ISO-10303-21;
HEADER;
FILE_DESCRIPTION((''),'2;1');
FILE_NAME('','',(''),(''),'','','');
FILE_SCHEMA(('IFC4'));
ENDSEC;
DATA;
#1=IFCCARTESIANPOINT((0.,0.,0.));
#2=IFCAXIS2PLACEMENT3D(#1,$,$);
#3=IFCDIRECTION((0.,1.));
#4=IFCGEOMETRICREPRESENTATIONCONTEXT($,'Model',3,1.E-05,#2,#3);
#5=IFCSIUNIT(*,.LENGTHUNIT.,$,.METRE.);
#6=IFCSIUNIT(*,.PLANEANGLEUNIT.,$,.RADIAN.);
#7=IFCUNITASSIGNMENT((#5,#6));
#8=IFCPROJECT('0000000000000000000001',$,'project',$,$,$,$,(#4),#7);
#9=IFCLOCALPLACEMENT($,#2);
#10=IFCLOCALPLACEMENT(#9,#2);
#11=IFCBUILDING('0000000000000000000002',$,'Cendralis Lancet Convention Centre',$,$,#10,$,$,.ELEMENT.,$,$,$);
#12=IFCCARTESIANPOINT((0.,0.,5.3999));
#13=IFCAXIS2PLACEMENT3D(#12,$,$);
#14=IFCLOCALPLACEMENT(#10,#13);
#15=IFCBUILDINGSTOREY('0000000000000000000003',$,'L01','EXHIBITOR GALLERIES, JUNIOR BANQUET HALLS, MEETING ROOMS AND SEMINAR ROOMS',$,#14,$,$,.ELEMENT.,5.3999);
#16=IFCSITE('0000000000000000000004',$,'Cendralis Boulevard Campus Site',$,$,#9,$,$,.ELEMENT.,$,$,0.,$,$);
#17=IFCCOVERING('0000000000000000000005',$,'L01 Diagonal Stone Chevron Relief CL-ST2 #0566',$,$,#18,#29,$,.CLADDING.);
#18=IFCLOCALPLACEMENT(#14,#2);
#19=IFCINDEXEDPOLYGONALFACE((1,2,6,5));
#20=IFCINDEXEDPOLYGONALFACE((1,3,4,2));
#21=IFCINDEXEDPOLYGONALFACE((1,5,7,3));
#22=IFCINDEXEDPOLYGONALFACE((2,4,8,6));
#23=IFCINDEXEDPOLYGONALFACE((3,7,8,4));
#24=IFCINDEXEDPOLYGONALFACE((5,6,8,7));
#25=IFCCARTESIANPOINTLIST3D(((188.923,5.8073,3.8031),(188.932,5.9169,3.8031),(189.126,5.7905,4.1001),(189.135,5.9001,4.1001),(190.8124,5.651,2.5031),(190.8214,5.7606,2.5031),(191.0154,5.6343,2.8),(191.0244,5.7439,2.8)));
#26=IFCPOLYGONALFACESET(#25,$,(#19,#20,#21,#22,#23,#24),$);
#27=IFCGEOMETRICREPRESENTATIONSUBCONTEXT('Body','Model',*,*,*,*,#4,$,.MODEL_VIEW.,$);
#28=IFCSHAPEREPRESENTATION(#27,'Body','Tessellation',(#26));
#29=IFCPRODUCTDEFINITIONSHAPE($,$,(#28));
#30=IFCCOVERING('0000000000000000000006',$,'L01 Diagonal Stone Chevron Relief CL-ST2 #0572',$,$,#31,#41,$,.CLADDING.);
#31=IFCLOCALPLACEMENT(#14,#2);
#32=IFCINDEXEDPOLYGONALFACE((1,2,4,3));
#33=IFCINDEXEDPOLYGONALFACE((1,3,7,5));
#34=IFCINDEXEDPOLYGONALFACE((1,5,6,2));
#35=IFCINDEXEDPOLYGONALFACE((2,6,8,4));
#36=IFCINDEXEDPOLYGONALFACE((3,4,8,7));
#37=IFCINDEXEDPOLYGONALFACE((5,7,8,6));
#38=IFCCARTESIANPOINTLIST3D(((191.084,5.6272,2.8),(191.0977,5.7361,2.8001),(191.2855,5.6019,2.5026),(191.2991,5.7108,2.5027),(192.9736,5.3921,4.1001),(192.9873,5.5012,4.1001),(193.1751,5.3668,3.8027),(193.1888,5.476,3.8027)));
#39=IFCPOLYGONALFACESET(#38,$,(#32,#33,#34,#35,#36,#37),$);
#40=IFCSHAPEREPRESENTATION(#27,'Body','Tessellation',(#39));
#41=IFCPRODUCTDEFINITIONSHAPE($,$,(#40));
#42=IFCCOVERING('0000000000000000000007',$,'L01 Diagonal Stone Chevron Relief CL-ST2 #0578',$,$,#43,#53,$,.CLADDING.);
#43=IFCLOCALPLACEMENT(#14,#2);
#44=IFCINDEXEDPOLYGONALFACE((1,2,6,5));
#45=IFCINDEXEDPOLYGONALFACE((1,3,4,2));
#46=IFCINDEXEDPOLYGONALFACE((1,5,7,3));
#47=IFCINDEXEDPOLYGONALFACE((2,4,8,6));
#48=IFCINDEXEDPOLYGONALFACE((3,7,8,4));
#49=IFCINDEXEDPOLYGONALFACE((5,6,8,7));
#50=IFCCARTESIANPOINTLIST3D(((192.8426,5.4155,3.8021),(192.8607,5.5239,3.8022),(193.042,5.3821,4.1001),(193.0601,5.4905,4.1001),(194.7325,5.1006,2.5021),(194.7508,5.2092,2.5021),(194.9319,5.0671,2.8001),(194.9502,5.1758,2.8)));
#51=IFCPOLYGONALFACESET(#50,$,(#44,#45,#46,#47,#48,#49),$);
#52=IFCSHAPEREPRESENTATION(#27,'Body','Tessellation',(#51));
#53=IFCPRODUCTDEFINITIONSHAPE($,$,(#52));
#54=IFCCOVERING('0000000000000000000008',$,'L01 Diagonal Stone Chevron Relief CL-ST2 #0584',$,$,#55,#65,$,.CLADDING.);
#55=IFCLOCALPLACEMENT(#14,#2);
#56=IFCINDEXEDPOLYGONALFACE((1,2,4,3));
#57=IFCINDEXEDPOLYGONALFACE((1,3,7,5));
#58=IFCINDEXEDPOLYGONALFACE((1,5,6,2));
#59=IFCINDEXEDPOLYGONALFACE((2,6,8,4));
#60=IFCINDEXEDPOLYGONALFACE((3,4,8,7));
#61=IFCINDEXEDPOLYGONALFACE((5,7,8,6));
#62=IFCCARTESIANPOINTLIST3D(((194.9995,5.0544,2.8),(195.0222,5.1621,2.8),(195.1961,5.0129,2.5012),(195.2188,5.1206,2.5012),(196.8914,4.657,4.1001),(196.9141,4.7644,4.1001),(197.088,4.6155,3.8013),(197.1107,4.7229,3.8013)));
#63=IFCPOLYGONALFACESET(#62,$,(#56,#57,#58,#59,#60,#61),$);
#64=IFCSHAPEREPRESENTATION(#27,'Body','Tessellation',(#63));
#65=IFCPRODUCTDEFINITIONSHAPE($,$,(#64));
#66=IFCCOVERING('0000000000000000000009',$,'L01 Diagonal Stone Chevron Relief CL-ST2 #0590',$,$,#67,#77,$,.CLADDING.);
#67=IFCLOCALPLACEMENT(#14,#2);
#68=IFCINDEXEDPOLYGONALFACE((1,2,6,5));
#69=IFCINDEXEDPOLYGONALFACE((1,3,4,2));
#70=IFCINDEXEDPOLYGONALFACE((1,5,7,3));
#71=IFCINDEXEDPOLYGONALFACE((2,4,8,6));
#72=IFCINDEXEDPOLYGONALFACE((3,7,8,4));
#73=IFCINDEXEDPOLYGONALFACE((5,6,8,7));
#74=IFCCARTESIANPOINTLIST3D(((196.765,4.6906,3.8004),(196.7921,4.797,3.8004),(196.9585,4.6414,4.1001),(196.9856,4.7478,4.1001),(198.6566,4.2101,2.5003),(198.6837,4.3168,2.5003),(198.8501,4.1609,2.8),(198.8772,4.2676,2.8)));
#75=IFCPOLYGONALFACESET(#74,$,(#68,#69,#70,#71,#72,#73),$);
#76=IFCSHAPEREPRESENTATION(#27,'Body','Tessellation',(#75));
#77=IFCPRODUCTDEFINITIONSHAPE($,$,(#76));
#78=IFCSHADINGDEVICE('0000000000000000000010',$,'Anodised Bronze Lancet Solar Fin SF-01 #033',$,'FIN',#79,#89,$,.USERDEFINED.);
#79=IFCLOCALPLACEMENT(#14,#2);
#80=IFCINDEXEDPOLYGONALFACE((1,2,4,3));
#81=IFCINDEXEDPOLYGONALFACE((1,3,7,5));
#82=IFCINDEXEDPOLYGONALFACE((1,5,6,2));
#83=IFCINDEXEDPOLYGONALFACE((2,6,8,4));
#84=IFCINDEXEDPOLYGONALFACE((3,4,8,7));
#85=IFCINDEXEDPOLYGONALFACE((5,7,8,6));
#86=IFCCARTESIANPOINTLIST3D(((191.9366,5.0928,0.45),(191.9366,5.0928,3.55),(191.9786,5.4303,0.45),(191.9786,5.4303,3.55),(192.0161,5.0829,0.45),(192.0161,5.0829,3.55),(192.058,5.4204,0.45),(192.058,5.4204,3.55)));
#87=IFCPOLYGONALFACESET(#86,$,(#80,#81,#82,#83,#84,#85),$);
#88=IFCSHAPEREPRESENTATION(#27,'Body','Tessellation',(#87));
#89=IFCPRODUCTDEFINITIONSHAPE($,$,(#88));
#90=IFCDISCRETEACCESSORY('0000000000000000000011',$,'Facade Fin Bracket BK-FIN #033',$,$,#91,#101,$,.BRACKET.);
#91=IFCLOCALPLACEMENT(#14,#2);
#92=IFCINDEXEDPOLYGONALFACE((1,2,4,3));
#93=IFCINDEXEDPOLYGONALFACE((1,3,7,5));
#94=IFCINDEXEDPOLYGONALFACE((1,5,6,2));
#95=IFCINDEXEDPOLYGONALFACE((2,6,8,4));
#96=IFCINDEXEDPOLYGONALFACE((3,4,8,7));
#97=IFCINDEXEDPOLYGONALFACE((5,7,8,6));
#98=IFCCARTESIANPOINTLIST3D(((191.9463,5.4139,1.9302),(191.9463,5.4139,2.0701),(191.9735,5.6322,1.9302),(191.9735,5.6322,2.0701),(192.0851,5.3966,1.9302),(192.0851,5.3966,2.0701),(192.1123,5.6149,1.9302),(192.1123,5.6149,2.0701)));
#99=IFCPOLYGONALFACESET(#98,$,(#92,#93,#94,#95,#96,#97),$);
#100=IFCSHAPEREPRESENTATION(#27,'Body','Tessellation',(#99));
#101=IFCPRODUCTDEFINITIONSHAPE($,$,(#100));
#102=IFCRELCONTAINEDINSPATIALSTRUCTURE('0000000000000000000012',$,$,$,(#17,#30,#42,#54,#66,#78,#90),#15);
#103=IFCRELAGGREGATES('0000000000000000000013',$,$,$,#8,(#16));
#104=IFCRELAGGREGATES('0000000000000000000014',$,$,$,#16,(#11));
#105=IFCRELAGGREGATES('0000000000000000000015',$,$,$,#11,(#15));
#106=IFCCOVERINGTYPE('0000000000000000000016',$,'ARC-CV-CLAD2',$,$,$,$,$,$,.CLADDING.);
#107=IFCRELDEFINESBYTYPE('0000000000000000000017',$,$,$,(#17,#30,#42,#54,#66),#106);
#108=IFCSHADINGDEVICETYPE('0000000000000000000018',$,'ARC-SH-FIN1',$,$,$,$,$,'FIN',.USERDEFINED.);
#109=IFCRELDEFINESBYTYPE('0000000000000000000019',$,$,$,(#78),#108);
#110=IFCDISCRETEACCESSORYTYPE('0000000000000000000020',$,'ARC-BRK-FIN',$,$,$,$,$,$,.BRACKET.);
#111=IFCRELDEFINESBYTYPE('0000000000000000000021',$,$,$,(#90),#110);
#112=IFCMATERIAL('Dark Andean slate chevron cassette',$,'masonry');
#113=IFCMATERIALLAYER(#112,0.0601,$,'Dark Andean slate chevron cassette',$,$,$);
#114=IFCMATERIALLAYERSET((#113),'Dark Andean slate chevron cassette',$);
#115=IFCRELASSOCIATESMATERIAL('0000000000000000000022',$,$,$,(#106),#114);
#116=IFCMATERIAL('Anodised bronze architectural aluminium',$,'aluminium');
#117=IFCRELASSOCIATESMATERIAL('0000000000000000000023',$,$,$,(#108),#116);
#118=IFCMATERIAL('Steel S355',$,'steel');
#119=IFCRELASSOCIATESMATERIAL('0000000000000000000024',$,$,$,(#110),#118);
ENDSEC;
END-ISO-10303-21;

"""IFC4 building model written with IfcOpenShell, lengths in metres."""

from ifc_helpers import new_model, si_unit, direction, frame, origin, origin_2d, place, context, subcontext, project, spatial, polyline, rectangle, outline, extrude, material, layer, layer_set, type_object, element, save


model = new_model("IFC4")

# Units and contexts
model_context = context("Model", 3, precision=1e-05, world=origin(), true_north=direction((0.0, 1.0)))
body_context = subcontext(model_context, "Body", "Model", "MODEL_VIEW")
ifc_project = project(units=[si_unit("LENGTHUNIT", "METRE"), si_unit("PLANEANGLEUNIT", "RADIAN")], contexts=[model_context])

# Site, building, storey
site_placement = place(None, origin())
site = spatial("IfcSite", under=ifc_project, at=site_placement, Name="Cendralis Boulevard Campus Site", CompositionType="ELEMENT", RefElevation=0.0)
building_placement = place(site_placement, origin())
building = spatial("IfcBuilding", under=site, at=building_placement, Name="Cendralis Lancet Convention Centre", CompositionType="ELEMENT")
storey_placement = place(building_placement, frame((0.0, 0.0, 5.3999)))
storey = spatial("IfcBuildingStorey", under=building, at=storey_placement, Name="L01", Description="EXHIBITOR GALLERIES, JUNIOR BANQUET HALLS, MEETING ROOMS AND SEMINAR ROOMS", CompositionType="ELEMENT", Elevation=5.3999)

# Shared definitions
ifc_material_1 = material(Name="Dark Andean slate chevron cassette", Category="masonry")

# Coverings
ifc_layer_1 = layer(ifc_material_1, 0.0601, Name="Dark Andean slate chevron cassette")
ifc_layer_set_1 = layer_set([ifc_layer_1], Name="Dark Andean slate chevron cassette")
covering_type_1 = type_object("IfcCoveringType", Name="ARC-CV-CLAD2", PredefinedType="CLADDING", material=ifc_layer_set_1)
covering_1_placement = place(storey_placement, frame((189.126, 5.7905, 4.1001), z_axis=(0.563628, -0.046446, 0.824722), x_axis=(0.821916, -0.067971, -0.565539)))
element("IfcCovering", 1, at=covering_1_placement, inside=storey, type_object=covering_type_1, Name="L01 Diagonal Stone Chevron Relief CL-ST2 #0566", PredefinedType="CLADDING", context=body_context, shape_type="SweptSolid", body=[
    extrude(outline(polyline([(0.0, 0.0), (2.2988, 0.0), (2.2988, 0.11), (0.0, 0.11), (0.0, 0.0)])), origin(), (0.0, 0.0, -1.0), 0.3601),
])
covering_2_placement = place(storey_placement, frame((191.084, 5.6272, 2.8), z_axis=(-0.559466, 0.070168, 0.825878), x_axis=(0.819559, -0.101968, 0.563849)))
element("IfcCovering", 2, at=covering_2_placement, inside=storey, type_object=covering_type_1, Name="L01 Diagonal Stone Chevron Relief CL-ST2 #0572", PredefinedType="CLADDING", context=body_context, shape_type="SweptSolid", body=[
    extrude(outline(polyline([(0.0, 0.0), (2.3057, 0.0), (2.3058, 0.11), (0.0001, 0.1097), (0.0, 0.0)])), origin(), (0.0, 0.0, -1.0), 0.3601),
])
covering_3_placement = place(storey_placement, frame((193.042, 5.3821, 4.1001), z_axis=(0.553739, -0.092809, 0.827502), x_axis=(0.816246, -0.136023, -0.561463)))
element("IfcCovering", 3, at=covering_3_placement, inside=storey, type_object=covering_type_1, Name="L01 Diagonal Stone Chevron Relief CL-ST2 #0578", PredefinedType="CLADDING", context=body_context, shape_type="SweptSolid", body=[
    extrude(outline(polyline([(0.0, 0.0), (2.3154, 0.0), (2.3156, 0.1102), (0.0, 0.1099), (0.0, 0.0)])), origin(), (0.0, 0.0, -1.0), 0.3601),
])
covering_4_placement = place(storey_placement, frame((194.9995, 5.0544, 2.8), z_axis=(-0.546008, 0.115275, 0.829811), x_axis=(0.812083, -0.170612, 0.558044)))
element("IfcCovering", 4, at=covering_4_placement, inside=storey, type_object=covering_type_1, Name="L01 Diagonal Stone Chevron Relief CL-ST2 #0584", PredefinedType="CLADDING", context=body_context, shape_type="SweptSolid", body=[
    extrude(outline(polyline([(0.0, 0.0), (2.3296, 0.0), (2.3297, 0.1098), (0.0001, 0.11), (0.0, 0.0)])), origin(), (0.0, 0.0, -1.0), 0.3601),
])
covering_5_placement = place(storey_placement, frame((196.9585, 4.6414, 4.1001), z_axis=(0.537292, -0.136631, 0.832255), x_axis=(0.806641, -0.204888, -0.554392)))
element("IfcCovering", 5, at=covering_5_placement, inside=storey, type_object=covering_type_1, Name="L01 Diagonal Stone Chevron Relief CL-ST2 #0590", PredefinedType="CLADDING", context=body_context, shape_type="SweptSolid", body=[
    extrude(outline(polyline([(0.0, 0.0), (2.345, 0.0), (2.345, 0.1101), (0.0001, 0.1098), (0.0, 0.0)])), origin(), (0.0, 0.0, -1.0), 0.3601),
])

# Shading device
ifc_material_2 = material(Name="Anodised bronze architectural aluminium", Category="aluminium")
shading_device_type = type_object("IfcShadingDeviceType", Name="ARC-SH-FIN1", ElementType="FIN", PredefinedType="USERDEFINED", material=ifc_material_2)
shading_device_placement = place(storey_placement, frame((191.9973, 5.2566, 0.45), z_axis=(0.0, 0.0, 1.0), x_axis=(0.992347, -0.12348, 0.0)))
element("IfcShadingDevice", 6, at=shading_device_placement, inside=storey, type_object=shading_device_type, Name="Anodised Bronze Lancet Solar Fin SF-01 #033", ObjectType="FIN", PredefinedType="USERDEFINED", context=body_context, shape_type="SweptSolid", body=[
    extrude(rectangle(XDim=0.0801, YDim=0.3401, at=origin_2d()), origin(), (0.0, 0.0, 1.0), 3.1001),
])

# Discrete accessory
ifc_material_3 = material(Name="Steel S355", Category="steel")
discrete_accessory_type = type_object("IfcDiscreteAccessoryType", Name="ARC-BRK-FIN", PredefinedType="BRACKET", material=ifc_material_3)
discrete_accessory_placement = place(storey_placement, frame((192.0293, 5.5144, 1.9302), z_axis=(0.0, 0.0, 1.0), x_axis=(0.992347, -0.12348, 0.0)))
element("IfcDiscreteAccessory", 7, at=discrete_accessory_placement, inside=storey, type_object=discrete_accessory_type, Name="Facade Fin Bracket BK-FIN #033", PredefinedType="BRACKET", context=body_context, shape_type="SweptSolid", body=[
    extrude(rectangle(XDim=0.1399, YDim=0.22, at=origin_2d()), origin(), (0.0, 0.0, 1.0), 0.1399),
])

save(model, "model.ifc")
